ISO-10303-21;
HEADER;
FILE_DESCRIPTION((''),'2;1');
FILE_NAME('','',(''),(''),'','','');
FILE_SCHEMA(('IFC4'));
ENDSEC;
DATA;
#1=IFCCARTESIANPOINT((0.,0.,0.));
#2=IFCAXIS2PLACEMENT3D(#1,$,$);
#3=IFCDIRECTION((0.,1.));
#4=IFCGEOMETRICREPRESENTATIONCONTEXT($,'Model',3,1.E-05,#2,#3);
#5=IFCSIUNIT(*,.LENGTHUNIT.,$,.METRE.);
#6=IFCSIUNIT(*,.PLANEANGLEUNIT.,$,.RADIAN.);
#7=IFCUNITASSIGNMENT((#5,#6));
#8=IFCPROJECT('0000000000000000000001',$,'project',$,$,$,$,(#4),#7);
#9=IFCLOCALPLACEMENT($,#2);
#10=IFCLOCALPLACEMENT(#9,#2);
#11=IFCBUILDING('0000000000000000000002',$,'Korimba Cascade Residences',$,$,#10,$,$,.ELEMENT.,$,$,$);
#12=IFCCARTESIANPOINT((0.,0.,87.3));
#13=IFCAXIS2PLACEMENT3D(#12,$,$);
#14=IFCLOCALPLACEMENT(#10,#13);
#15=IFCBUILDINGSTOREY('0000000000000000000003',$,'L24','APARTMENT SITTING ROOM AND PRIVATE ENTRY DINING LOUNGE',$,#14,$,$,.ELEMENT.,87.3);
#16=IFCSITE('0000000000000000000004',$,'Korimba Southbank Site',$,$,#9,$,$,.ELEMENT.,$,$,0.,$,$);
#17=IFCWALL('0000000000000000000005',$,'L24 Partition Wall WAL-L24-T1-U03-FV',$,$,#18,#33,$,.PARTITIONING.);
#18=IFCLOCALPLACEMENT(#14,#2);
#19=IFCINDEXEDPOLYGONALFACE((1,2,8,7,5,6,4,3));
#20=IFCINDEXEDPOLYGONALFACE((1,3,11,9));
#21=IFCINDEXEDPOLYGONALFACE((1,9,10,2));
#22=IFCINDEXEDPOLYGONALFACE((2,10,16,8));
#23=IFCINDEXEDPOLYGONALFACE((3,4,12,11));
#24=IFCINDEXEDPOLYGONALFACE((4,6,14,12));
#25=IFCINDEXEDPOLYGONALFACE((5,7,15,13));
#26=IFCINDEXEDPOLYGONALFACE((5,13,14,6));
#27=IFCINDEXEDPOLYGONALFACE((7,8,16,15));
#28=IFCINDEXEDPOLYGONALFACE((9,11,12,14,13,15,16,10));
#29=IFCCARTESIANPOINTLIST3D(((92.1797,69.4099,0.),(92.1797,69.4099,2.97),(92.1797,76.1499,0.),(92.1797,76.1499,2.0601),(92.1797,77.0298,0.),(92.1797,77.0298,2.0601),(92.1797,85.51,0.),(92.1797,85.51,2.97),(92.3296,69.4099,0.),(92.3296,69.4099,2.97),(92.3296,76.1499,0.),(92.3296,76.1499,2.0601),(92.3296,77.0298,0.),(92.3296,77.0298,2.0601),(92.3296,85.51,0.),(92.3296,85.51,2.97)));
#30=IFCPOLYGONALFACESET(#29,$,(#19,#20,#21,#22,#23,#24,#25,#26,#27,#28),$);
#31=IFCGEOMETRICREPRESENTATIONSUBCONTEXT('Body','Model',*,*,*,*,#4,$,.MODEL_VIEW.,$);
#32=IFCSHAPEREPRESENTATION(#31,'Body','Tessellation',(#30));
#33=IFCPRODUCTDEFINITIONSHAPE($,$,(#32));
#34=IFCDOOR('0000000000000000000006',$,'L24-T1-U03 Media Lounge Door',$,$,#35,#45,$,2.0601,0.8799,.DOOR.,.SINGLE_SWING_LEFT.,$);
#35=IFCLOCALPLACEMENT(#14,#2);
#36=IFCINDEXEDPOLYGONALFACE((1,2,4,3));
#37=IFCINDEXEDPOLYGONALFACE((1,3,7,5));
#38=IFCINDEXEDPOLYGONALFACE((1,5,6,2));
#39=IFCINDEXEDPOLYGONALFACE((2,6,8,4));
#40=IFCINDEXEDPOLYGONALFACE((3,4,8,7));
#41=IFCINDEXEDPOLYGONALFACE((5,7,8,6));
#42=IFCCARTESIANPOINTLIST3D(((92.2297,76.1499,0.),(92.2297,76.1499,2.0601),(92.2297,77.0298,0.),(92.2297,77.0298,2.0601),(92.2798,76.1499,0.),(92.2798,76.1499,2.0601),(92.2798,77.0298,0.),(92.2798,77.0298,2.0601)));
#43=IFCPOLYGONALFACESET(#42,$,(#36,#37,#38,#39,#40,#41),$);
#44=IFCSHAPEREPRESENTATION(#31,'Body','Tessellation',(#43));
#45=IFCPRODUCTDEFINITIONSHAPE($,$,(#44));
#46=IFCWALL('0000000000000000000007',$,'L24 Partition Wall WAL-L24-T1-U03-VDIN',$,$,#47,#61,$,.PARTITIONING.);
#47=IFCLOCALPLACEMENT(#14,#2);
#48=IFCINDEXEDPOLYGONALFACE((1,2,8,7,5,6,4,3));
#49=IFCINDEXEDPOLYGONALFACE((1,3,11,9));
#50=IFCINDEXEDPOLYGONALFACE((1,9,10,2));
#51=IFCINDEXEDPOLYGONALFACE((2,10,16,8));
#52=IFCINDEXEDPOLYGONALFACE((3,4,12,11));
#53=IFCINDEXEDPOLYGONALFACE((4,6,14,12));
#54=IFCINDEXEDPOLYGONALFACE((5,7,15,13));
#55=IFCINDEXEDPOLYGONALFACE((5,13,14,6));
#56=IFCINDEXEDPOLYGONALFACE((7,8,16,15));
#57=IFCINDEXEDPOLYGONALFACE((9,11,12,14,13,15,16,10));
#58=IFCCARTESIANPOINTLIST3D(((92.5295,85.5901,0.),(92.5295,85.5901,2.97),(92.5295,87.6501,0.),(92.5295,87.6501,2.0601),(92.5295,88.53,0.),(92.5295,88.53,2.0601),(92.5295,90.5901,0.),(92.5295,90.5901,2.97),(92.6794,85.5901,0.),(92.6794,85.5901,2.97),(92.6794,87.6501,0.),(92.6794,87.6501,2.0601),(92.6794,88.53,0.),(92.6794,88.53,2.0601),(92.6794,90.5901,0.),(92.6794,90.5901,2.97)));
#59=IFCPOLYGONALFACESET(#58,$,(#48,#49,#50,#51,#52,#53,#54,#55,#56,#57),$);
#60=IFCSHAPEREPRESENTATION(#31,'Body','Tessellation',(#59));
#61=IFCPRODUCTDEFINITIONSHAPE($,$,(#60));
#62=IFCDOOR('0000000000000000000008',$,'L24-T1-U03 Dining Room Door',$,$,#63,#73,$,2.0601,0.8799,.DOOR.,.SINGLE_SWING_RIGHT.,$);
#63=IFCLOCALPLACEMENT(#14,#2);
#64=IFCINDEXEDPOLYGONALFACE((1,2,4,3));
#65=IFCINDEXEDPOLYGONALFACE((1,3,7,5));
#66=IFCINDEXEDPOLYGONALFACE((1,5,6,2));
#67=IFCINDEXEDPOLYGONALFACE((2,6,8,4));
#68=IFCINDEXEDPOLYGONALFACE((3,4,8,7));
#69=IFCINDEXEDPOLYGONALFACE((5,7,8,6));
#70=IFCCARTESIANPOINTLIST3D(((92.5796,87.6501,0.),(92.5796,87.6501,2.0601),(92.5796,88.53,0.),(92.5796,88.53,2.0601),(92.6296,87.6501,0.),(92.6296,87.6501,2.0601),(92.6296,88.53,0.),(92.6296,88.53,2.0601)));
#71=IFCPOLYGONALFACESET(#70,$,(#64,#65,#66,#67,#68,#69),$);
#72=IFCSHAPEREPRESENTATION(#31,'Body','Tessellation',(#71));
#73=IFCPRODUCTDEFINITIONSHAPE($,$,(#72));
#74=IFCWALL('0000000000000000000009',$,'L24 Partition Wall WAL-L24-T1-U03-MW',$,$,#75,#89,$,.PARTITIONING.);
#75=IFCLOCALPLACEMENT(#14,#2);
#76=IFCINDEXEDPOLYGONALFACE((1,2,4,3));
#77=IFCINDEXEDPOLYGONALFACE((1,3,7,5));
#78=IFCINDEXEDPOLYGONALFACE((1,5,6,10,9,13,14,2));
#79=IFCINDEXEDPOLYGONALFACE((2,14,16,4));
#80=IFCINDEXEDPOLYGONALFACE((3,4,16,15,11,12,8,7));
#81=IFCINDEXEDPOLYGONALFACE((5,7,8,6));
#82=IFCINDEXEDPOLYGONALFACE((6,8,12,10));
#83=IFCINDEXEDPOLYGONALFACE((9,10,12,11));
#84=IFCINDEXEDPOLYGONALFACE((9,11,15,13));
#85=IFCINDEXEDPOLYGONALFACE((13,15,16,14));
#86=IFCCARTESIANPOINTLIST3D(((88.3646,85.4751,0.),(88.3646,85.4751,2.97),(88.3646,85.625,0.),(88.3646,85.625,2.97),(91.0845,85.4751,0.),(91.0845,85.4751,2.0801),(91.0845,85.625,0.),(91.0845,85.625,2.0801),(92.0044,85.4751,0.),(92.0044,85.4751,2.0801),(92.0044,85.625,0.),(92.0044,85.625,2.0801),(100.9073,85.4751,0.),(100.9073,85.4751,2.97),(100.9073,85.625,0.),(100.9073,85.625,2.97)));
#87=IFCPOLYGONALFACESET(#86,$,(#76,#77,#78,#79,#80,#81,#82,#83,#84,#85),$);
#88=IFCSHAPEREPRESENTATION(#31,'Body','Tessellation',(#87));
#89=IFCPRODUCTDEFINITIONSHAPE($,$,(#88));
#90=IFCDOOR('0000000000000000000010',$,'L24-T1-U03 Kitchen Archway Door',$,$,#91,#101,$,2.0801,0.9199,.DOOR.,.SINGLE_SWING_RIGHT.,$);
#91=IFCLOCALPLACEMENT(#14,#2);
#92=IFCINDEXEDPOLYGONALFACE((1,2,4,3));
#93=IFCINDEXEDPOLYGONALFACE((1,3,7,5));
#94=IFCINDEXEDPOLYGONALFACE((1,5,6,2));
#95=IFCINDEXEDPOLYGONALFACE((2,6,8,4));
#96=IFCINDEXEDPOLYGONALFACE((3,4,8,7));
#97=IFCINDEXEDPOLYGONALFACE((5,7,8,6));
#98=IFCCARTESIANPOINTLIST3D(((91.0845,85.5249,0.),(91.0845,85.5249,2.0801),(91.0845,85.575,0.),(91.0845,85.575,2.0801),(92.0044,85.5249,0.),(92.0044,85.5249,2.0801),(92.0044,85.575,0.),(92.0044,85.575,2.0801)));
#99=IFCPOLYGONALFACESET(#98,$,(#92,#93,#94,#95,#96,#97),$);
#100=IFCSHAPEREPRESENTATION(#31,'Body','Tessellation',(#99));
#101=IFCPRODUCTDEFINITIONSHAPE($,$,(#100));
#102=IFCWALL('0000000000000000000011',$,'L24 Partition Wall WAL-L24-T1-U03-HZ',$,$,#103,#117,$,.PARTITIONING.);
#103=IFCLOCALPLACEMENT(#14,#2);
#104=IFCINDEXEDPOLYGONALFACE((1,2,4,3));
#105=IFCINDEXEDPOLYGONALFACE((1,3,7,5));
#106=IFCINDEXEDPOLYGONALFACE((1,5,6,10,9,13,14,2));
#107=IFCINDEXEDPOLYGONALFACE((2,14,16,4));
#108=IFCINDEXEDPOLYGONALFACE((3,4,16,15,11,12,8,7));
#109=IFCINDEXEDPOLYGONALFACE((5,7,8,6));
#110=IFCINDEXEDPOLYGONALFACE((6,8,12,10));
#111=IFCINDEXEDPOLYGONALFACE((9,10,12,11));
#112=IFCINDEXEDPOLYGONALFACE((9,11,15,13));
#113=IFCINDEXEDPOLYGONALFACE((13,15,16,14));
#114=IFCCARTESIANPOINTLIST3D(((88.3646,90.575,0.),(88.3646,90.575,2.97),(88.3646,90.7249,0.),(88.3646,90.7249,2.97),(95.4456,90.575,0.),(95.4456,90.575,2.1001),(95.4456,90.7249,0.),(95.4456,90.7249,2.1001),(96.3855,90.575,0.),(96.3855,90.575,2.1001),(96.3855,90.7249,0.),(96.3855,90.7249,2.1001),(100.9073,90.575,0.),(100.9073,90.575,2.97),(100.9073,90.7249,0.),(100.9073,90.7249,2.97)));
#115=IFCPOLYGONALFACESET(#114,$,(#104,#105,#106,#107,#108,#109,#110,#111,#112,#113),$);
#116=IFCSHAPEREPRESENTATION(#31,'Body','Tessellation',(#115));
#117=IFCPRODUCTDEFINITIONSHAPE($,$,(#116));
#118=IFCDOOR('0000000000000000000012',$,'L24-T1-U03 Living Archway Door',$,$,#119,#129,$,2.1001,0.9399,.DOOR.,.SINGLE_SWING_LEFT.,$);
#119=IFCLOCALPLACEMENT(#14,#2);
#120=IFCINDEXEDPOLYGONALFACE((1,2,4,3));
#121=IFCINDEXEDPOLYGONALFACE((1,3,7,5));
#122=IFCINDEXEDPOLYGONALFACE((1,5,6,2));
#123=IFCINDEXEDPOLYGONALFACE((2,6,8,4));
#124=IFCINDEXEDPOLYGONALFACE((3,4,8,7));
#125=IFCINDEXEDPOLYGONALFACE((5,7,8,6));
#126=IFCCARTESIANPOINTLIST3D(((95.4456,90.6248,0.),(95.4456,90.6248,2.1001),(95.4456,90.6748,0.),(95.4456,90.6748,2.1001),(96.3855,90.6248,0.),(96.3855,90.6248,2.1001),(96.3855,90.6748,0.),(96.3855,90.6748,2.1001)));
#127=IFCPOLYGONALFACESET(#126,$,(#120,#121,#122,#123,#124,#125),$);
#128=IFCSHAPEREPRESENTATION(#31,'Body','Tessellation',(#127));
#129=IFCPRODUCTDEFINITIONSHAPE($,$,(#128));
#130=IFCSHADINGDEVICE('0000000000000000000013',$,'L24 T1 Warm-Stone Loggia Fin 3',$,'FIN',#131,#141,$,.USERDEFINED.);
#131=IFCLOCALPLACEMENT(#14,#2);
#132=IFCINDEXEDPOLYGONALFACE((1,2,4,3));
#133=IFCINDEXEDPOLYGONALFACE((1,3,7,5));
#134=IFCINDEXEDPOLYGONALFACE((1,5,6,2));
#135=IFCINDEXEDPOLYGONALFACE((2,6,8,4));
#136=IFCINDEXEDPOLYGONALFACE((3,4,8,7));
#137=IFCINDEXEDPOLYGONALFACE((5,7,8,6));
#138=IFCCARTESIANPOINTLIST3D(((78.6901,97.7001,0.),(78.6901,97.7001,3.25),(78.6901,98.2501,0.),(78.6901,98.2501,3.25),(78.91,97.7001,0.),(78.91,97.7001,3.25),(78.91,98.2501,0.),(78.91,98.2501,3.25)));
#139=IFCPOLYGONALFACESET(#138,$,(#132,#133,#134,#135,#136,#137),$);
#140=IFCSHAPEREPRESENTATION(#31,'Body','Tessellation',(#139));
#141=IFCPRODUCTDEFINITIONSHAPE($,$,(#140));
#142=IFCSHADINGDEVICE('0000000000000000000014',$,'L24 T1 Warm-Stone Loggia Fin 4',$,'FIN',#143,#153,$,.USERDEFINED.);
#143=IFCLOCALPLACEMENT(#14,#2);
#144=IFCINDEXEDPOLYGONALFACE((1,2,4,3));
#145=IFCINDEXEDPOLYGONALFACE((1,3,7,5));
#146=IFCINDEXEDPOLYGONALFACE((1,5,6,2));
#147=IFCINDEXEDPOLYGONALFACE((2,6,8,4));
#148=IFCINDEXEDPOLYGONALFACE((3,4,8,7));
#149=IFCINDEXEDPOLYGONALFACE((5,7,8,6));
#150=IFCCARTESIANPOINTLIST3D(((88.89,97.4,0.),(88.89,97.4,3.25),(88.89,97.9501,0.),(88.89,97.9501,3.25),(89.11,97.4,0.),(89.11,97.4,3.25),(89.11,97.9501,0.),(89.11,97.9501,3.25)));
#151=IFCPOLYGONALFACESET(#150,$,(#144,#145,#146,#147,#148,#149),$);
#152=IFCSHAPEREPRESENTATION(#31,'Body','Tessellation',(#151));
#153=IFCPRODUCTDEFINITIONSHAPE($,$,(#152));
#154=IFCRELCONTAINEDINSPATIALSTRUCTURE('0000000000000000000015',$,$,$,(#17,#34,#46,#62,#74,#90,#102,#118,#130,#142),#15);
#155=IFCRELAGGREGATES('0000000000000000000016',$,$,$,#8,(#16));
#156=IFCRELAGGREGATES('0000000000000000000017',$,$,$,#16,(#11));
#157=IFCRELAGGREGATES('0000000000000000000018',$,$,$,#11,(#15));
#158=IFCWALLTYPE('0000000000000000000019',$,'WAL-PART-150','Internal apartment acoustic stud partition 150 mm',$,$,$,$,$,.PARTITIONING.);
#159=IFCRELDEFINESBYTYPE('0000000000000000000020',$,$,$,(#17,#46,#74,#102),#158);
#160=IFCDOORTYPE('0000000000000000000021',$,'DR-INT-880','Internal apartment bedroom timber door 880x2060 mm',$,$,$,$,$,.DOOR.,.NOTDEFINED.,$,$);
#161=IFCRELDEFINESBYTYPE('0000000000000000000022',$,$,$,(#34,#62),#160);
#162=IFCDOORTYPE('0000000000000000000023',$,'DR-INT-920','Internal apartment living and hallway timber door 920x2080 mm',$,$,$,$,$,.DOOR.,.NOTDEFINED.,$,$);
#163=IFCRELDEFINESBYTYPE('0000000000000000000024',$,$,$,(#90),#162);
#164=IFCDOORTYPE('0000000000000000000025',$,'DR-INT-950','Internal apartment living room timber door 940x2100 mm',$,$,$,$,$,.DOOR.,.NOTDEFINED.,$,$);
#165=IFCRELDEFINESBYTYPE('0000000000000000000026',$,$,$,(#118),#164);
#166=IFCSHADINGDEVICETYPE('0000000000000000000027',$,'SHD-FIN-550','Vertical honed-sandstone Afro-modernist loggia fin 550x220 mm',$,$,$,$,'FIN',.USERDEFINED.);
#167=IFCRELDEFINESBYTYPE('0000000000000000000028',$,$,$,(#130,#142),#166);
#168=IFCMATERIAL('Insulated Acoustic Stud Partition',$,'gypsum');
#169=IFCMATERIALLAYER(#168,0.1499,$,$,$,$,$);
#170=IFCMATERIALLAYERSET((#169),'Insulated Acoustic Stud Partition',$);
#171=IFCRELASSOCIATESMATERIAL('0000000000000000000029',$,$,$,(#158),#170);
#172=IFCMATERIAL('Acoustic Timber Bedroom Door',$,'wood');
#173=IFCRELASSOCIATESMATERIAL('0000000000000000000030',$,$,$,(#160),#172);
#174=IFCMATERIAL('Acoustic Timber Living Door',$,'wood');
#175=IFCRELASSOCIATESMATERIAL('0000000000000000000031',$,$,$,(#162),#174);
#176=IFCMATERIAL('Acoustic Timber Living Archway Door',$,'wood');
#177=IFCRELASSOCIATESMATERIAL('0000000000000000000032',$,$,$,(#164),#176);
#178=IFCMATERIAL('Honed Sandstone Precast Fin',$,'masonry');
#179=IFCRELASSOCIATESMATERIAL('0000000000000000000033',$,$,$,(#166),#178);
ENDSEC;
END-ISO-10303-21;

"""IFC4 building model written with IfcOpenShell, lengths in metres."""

from ifc_helpers import new_model, si_unit, direction, frame, frame_2d, origin, origin_2d, place, context, subcontext, project, spatial, rectangle, extrude, material, layer, layer_set, type_object, element, fill, save


model = new_model("IFC4")

# Units and contexts
model_context = context("Model", 3, precision=1e-05, world=origin(), true_north=direction((0.0, 1.0)))
body_context = subcontext(model_context, "Body", "Model", "MODEL_VIEW")
ifc_project = project(units=[si_unit("LENGTHUNIT", "METRE"), si_unit("PLANEANGLEUNIT", "RADIAN")], contexts=[model_context])

# Site, building, storey
site_placement = place(None, origin())
site = spatial("IfcSite", under=ifc_project, at=site_placement, Name="Korimba Southbank Site", CompositionType="ELEMENT", RefElevation=0.0)
building_placement = place(site_placement, origin())
building = spatial("IfcBuilding", under=site, at=building_placement, Name="Korimba Cascade Residences", CompositionType="ELEMENT")
storey_placement = place(building_placement, frame((0.0, 0.0, 87.3)))
storey = spatial("IfcBuildingStorey", under=building, at=storey_placement, Name="L24", Description="APARTMENT SITTING ROOM AND PRIVATE ENTRY DINING LOUNGE", CompositionType="ELEMENT", Elevation=87.3)

# Shared definitions
ifc_material_1 = material(Name="Insulated Acoustic Stud Partition", Category="gypsum")
ifc_layer_1 = layer(ifc_material_1, 0.1499)
ifc_layer_set_1 = layer_set([ifc_layer_1], Name="Insulated Acoustic Stud Partition")
wall_type_1 = type_object("IfcWallType", Name="WAL-PART-150", Description="Internal apartment acoustic stud partition 150 mm", PredefinedType="PARTITIONING", material=ifc_layer_set_1)

# Walls, openings, doors
ifc_material_2 = material(Name="Acoustic Timber Bedroom Door", Category="wood")
door_type_1 = type_object("IfcDoorType", Name="DR-INT-880", Description="Internal apartment bedroom timber door 880x2060 mm", OperationType="NOTDEFINED", PredefinedType="DOOR", material=ifc_material_2)
wall_1_placement = place(storey_placement, frame((92.2546, 69.4099, 0.0), z_axis=(0.0, 0.0, 1.0), x_axis=(0.0, 1.0, 0.0)))
wall_1 = element("IfcWall", 1, at=wall_1_placement, inside=storey, type_object=wall_type_1, Name="L24 Partition Wall WAL-L24-T1-U03-FV", PredefinedType="PARTITIONING", context=body_context, shape_type="SweptSolid", body=[
    extrude(rectangle(XDim=16.1001, YDim=0.1499, at=frame_2d((8.05, 0.0))), origin(), (0.0, 0.0, 1.0), 2.97),
])
opening_1_placement = place(wall_1_placement, frame((6.74, 0.0, 0.0)))
opening_1 = element("IfcOpeningElement", 2, at=opening_1_placement, cuts=wall_1, PredefinedType="OPENING", context=body_context, shape_type="SweptSolid", body=[
    extrude(rectangle(XDim=0.8799, YDim=2.0601, at=frame_2d((0.4399, 1.03))), frame((0.0, 0.085, 0.0), z_axis=(0.0, -1.0, 0.0), x_axis=(1.0, 0.0, 0.0)), (0.0, 0.0, 1.0), 0.1699),
])
door_1_placement = place(opening_1_placement, origin())
door_1 = element("IfcDoor", 3, at=door_1_placement, inside=storey, type_object=door_type_1, Name="L24-T1-U03 Media Lounge Door", OperationType="SINGLE_SWING_LEFT", OverallHeight=2.0601, OverallWidth=0.8799, PredefinedType="DOOR", context=body_context, shape_type="SweptSolid", body=[
    extrude(rectangle(XDim=0.8799, YDim=2.0601, at=frame_2d((0.4399, 1.03))), frame((0.0, 0.0249, 0.0), z_axis=(0.0, -1.0, 0.0), x_axis=(1.0, 0.0, 0.0)), (0.0, 0.0, 1.0), 0.05),
])
fill(opening_1, door_1)
wall_2_placement = place(storey_placement, frame((92.6045, 85.5901, 0.0), z_axis=(0.0, 0.0, 1.0), x_axis=(0.0, 1.0, 0.0)))
wall_2 = element("IfcWall", 4, at=wall_2_placement, inside=storey, type_object=wall_type_1, Name="L24 Partition Wall WAL-L24-T1-U03-VDIN", PredefinedType="PARTITIONING", context=body_context, shape_type="SweptSolid", body=[
    extrude(rectangle(XDim=5.0, YDim=0.1499, at=frame_2d((2.5, 0.0))), origin(), (0.0, 0.0, 1.0), 2.97),
])
opening_2_placement = place(wall_2_placement, frame((2.0601, 0.0, 0.0)))
opening_2 = element("IfcOpeningElement", 5, at=opening_2_placement, cuts=wall_2, PredefinedType="OPENING", context=body_context, shape_type="SweptSolid", body=[
    extrude(rectangle(XDim=0.8799, YDim=2.0601, at=frame_2d((0.4399, 1.03))), frame((0.0, 0.085, 0.0), z_axis=(0.0, -1.0, 0.0), x_axis=(1.0, 0.0, 0.0)), (0.0, 0.0, 1.0), 0.1699),
])
door_2_placement = place(opening_2_placement, origin())
door_2 = element("IfcDoor", 6, at=door_2_placement, inside=storey, type_object=door_type_1, Name="L24-T1-U03 Dining Room Door", OperationType="SINGLE_SWING_RIGHT", OverallHeight=2.0601, OverallWidth=0.8799, PredefinedType="DOOR", context=body_context, shape_type="SweptSolid", body=[
    extrude(rectangle(XDim=0.8799, YDim=2.0601, at=frame_2d((0.4399, 1.03))), frame((0.0, 0.0249, 0.0), z_axis=(0.0, -1.0, 0.0), x_axis=(1.0, 0.0, 0.0)), (0.0, 0.0, 1.0), 0.05),
])
fill(opening_2, door_2)
wall_3_placement = place(storey_placement, frame((88.3645, 85.55, 0.0), z_axis=(0.0, 0.0, 1.0), x_axis=(1.0, 0.0, 0.0)))
wall_3 = element("IfcWall", 7, at=wall_3_placement, inside=storey, type_object=wall_type_1, Name="L24 Partition Wall WAL-L24-T1-U03-MW", PredefinedType="PARTITIONING", context=body_context, shape_type="SweptSolid", body=[
    extrude(rectangle(XDim=12.5427, YDim=0.1499, at=frame_2d((6.2715, 0.0))), origin(), (0.0, 0.0, 1.0), 2.97),
])
opening_3_placement = place(wall_3_placement, frame((2.72, 0.0, 0.0)))
opening_3 = element("IfcOpeningElement", 8, at=opening_3_placement, cuts=wall_3, PredefinedType="OPENING", context=body_context, shape_type="SweptSolid", body=[
    extrude(rectangle(XDim=0.9199, YDim=2.0801, at=frame_2d((0.46, 1.04))), frame((0.0, 0.085, 0.0), z_axis=(0.0, -1.0, 0.0), x_axis=(1.0, 0.0, 0.0)), (0.0, 0.0, 1.0), 0.1699),
])
ifc_material_3 = material(Name="Acoustic Timber Living Door", Category="wood")
door_type_2 = type_object("IfcDoorType", Name="DR-INT-920", Description="Internal apartment living and hallway timber door 920x2080 mm", OperationType="NOTDEFINED", PredefinedType="DOOR", material=ifc_material_3)
door_3_placement = place(opening_3_placement, origin())
door_3 = element("IfcDoor", 9, at=door_3_placement, inside=storey, type_object=door_type_2, Name="L24-T1-U03 Kitchen Archway Door", OperationType="SINGLE_SWING_RIGHT", OverallHeight=2.0801, OverallWidth=0.9199, PredefinedType="DOOR", context=body_context, shape_type="SweptSolid", body=[
    extrude(rectangle(XDim=0.9199, YDim=2.0801, at=frame_2d((0.46, 1.04))), frame((0.0, 0.0249, 0.0), z_axis=(0.0, -1.0, 0.0), x_axis=(1.0, 0.0, 0.0)), (0.0, 0.0, 1.0), 0.05),
])
fill(opening_3, door_3)
wall_4_placement = place(storey_placement, frame((88.3645, 90.6499, 0.0), z_axis=(0.0, 0.0, 1.0), x_axis=(1.0, 0.0, 0.0)))
wall_4 = element("IfcWall", 10, at=wall_4_placement, inside=storey, type_object=wall_type_1, Name="L24 Partition Wall WAL-L24-T1-U03-HZ", PredefinedType="PARTITIONING", context=body_context, shape_type="SweptSolid", body=[
    extrude(rectangle(XDim=12.5427, YDim=0.1499, at=frame_2d((6.2715, 0.0))), origin(), (0.0, 0.0, 1.0), 2.97),
])
opening_4_placement = place(wall_4_placement, frame((7.0811, 0.0, 0.0)))
opening_4 = element("IfcOpeningElement", 11, at=opening_4_placement, cuts=wall_4, PredefinedType="OPENING", context=body_context, shape_type="SweptSolid", body=[
    extrude(rectangle(XDim=0.9399, YDim=2.1001, at=frame_2d((0.47, 1.05))), frame((0.0, 0.085, 0.0), z_axis=(0.0, -1.0, 0.0), x_axis=(1.0, 0.0, 0.0)), (0.0, 0.0, 1.0), 0.1699),
])
ifc_material_4 = material(Name="Acoustic Timber Living Archway Door", Category="wood")
door_type_3 = type_object("IfcDoorType", Name="DR-INT-950", Description="Internal apartment living room timber door 940x2100 mm", OperationType="NOTDEFINED", PredefinedType="DOOR", material=ifc_material_4)
door_4_placement = place(opening_4_placement, origin())
door_4 = element("IfcDoor", 12, at=door_4_placement, inside=storey, type_object=door_type_3, Name="L24-T1-U03 Living Archway Door", OperationType="SINGLE_SWING_LEFT", OverallHeight=2.1001, OverallWidth=0.9399, PredefinedType="DOOR", context=body_context, shape_type="SweptSolid", body=[
    extrude(rectangle(XDim=0.9399, YDim=2.1001, at=frame_2d((0.47, 1.05))), frame((0.0, 0.0249, 0.0), z_axis=(0.0, -1.0, 0.0), x_axis=(1.0, 0.0, 0.0)), (0.0, 0.0, 1.0), 0.05),
])
fill(opening_4, door_4)

# Shading devices
ifc_material_5 = material(Name="Honed Sandstone Precast Fin", Category="masonry")
shading_device_type = type_object("IfcShadingDeviceType", Name="SHD-FIN-550", Description="Vertical honed-sandstone Afro-modernist loggia fin 550x220 mm", ElementType="FIN", PredefinedType="USERDEFINED", material=ifc_material_5)
for number, where, z_axis, x_axis, name in (
    (13, (78.8, 97.9751, 0.0), (0.0, 0.0, 1.0), (1.0, 0.0, 0.0), "L24 T1 Warm-Stone Loggia Fin 3"),
    (14, (89.0, 97.675, 0.0), (0.0, 0.0, 1.0), (1.0, 0.0, 0.0), "L24 T1 Warm-Stone Loggia Fin 4"),
):
    element("IfcShadingDevice", number, at=place(storey_placement, frame(where, z_axis=z_axis, x_axis=x_axis)), inside=storey, type_object=shading_device_type, Name=name, ObjectType="FIN", PredefinedType="USERDEFINED", context=body_context, shape_type="SweptSolid", body=[
        extrude(rectangle(XDim=0.22, YDim=0.55, at=origin_2d()), origin(), (0.0, 0.0, 1.0), 3.25),
    ])

save(model, "model.ifc")
